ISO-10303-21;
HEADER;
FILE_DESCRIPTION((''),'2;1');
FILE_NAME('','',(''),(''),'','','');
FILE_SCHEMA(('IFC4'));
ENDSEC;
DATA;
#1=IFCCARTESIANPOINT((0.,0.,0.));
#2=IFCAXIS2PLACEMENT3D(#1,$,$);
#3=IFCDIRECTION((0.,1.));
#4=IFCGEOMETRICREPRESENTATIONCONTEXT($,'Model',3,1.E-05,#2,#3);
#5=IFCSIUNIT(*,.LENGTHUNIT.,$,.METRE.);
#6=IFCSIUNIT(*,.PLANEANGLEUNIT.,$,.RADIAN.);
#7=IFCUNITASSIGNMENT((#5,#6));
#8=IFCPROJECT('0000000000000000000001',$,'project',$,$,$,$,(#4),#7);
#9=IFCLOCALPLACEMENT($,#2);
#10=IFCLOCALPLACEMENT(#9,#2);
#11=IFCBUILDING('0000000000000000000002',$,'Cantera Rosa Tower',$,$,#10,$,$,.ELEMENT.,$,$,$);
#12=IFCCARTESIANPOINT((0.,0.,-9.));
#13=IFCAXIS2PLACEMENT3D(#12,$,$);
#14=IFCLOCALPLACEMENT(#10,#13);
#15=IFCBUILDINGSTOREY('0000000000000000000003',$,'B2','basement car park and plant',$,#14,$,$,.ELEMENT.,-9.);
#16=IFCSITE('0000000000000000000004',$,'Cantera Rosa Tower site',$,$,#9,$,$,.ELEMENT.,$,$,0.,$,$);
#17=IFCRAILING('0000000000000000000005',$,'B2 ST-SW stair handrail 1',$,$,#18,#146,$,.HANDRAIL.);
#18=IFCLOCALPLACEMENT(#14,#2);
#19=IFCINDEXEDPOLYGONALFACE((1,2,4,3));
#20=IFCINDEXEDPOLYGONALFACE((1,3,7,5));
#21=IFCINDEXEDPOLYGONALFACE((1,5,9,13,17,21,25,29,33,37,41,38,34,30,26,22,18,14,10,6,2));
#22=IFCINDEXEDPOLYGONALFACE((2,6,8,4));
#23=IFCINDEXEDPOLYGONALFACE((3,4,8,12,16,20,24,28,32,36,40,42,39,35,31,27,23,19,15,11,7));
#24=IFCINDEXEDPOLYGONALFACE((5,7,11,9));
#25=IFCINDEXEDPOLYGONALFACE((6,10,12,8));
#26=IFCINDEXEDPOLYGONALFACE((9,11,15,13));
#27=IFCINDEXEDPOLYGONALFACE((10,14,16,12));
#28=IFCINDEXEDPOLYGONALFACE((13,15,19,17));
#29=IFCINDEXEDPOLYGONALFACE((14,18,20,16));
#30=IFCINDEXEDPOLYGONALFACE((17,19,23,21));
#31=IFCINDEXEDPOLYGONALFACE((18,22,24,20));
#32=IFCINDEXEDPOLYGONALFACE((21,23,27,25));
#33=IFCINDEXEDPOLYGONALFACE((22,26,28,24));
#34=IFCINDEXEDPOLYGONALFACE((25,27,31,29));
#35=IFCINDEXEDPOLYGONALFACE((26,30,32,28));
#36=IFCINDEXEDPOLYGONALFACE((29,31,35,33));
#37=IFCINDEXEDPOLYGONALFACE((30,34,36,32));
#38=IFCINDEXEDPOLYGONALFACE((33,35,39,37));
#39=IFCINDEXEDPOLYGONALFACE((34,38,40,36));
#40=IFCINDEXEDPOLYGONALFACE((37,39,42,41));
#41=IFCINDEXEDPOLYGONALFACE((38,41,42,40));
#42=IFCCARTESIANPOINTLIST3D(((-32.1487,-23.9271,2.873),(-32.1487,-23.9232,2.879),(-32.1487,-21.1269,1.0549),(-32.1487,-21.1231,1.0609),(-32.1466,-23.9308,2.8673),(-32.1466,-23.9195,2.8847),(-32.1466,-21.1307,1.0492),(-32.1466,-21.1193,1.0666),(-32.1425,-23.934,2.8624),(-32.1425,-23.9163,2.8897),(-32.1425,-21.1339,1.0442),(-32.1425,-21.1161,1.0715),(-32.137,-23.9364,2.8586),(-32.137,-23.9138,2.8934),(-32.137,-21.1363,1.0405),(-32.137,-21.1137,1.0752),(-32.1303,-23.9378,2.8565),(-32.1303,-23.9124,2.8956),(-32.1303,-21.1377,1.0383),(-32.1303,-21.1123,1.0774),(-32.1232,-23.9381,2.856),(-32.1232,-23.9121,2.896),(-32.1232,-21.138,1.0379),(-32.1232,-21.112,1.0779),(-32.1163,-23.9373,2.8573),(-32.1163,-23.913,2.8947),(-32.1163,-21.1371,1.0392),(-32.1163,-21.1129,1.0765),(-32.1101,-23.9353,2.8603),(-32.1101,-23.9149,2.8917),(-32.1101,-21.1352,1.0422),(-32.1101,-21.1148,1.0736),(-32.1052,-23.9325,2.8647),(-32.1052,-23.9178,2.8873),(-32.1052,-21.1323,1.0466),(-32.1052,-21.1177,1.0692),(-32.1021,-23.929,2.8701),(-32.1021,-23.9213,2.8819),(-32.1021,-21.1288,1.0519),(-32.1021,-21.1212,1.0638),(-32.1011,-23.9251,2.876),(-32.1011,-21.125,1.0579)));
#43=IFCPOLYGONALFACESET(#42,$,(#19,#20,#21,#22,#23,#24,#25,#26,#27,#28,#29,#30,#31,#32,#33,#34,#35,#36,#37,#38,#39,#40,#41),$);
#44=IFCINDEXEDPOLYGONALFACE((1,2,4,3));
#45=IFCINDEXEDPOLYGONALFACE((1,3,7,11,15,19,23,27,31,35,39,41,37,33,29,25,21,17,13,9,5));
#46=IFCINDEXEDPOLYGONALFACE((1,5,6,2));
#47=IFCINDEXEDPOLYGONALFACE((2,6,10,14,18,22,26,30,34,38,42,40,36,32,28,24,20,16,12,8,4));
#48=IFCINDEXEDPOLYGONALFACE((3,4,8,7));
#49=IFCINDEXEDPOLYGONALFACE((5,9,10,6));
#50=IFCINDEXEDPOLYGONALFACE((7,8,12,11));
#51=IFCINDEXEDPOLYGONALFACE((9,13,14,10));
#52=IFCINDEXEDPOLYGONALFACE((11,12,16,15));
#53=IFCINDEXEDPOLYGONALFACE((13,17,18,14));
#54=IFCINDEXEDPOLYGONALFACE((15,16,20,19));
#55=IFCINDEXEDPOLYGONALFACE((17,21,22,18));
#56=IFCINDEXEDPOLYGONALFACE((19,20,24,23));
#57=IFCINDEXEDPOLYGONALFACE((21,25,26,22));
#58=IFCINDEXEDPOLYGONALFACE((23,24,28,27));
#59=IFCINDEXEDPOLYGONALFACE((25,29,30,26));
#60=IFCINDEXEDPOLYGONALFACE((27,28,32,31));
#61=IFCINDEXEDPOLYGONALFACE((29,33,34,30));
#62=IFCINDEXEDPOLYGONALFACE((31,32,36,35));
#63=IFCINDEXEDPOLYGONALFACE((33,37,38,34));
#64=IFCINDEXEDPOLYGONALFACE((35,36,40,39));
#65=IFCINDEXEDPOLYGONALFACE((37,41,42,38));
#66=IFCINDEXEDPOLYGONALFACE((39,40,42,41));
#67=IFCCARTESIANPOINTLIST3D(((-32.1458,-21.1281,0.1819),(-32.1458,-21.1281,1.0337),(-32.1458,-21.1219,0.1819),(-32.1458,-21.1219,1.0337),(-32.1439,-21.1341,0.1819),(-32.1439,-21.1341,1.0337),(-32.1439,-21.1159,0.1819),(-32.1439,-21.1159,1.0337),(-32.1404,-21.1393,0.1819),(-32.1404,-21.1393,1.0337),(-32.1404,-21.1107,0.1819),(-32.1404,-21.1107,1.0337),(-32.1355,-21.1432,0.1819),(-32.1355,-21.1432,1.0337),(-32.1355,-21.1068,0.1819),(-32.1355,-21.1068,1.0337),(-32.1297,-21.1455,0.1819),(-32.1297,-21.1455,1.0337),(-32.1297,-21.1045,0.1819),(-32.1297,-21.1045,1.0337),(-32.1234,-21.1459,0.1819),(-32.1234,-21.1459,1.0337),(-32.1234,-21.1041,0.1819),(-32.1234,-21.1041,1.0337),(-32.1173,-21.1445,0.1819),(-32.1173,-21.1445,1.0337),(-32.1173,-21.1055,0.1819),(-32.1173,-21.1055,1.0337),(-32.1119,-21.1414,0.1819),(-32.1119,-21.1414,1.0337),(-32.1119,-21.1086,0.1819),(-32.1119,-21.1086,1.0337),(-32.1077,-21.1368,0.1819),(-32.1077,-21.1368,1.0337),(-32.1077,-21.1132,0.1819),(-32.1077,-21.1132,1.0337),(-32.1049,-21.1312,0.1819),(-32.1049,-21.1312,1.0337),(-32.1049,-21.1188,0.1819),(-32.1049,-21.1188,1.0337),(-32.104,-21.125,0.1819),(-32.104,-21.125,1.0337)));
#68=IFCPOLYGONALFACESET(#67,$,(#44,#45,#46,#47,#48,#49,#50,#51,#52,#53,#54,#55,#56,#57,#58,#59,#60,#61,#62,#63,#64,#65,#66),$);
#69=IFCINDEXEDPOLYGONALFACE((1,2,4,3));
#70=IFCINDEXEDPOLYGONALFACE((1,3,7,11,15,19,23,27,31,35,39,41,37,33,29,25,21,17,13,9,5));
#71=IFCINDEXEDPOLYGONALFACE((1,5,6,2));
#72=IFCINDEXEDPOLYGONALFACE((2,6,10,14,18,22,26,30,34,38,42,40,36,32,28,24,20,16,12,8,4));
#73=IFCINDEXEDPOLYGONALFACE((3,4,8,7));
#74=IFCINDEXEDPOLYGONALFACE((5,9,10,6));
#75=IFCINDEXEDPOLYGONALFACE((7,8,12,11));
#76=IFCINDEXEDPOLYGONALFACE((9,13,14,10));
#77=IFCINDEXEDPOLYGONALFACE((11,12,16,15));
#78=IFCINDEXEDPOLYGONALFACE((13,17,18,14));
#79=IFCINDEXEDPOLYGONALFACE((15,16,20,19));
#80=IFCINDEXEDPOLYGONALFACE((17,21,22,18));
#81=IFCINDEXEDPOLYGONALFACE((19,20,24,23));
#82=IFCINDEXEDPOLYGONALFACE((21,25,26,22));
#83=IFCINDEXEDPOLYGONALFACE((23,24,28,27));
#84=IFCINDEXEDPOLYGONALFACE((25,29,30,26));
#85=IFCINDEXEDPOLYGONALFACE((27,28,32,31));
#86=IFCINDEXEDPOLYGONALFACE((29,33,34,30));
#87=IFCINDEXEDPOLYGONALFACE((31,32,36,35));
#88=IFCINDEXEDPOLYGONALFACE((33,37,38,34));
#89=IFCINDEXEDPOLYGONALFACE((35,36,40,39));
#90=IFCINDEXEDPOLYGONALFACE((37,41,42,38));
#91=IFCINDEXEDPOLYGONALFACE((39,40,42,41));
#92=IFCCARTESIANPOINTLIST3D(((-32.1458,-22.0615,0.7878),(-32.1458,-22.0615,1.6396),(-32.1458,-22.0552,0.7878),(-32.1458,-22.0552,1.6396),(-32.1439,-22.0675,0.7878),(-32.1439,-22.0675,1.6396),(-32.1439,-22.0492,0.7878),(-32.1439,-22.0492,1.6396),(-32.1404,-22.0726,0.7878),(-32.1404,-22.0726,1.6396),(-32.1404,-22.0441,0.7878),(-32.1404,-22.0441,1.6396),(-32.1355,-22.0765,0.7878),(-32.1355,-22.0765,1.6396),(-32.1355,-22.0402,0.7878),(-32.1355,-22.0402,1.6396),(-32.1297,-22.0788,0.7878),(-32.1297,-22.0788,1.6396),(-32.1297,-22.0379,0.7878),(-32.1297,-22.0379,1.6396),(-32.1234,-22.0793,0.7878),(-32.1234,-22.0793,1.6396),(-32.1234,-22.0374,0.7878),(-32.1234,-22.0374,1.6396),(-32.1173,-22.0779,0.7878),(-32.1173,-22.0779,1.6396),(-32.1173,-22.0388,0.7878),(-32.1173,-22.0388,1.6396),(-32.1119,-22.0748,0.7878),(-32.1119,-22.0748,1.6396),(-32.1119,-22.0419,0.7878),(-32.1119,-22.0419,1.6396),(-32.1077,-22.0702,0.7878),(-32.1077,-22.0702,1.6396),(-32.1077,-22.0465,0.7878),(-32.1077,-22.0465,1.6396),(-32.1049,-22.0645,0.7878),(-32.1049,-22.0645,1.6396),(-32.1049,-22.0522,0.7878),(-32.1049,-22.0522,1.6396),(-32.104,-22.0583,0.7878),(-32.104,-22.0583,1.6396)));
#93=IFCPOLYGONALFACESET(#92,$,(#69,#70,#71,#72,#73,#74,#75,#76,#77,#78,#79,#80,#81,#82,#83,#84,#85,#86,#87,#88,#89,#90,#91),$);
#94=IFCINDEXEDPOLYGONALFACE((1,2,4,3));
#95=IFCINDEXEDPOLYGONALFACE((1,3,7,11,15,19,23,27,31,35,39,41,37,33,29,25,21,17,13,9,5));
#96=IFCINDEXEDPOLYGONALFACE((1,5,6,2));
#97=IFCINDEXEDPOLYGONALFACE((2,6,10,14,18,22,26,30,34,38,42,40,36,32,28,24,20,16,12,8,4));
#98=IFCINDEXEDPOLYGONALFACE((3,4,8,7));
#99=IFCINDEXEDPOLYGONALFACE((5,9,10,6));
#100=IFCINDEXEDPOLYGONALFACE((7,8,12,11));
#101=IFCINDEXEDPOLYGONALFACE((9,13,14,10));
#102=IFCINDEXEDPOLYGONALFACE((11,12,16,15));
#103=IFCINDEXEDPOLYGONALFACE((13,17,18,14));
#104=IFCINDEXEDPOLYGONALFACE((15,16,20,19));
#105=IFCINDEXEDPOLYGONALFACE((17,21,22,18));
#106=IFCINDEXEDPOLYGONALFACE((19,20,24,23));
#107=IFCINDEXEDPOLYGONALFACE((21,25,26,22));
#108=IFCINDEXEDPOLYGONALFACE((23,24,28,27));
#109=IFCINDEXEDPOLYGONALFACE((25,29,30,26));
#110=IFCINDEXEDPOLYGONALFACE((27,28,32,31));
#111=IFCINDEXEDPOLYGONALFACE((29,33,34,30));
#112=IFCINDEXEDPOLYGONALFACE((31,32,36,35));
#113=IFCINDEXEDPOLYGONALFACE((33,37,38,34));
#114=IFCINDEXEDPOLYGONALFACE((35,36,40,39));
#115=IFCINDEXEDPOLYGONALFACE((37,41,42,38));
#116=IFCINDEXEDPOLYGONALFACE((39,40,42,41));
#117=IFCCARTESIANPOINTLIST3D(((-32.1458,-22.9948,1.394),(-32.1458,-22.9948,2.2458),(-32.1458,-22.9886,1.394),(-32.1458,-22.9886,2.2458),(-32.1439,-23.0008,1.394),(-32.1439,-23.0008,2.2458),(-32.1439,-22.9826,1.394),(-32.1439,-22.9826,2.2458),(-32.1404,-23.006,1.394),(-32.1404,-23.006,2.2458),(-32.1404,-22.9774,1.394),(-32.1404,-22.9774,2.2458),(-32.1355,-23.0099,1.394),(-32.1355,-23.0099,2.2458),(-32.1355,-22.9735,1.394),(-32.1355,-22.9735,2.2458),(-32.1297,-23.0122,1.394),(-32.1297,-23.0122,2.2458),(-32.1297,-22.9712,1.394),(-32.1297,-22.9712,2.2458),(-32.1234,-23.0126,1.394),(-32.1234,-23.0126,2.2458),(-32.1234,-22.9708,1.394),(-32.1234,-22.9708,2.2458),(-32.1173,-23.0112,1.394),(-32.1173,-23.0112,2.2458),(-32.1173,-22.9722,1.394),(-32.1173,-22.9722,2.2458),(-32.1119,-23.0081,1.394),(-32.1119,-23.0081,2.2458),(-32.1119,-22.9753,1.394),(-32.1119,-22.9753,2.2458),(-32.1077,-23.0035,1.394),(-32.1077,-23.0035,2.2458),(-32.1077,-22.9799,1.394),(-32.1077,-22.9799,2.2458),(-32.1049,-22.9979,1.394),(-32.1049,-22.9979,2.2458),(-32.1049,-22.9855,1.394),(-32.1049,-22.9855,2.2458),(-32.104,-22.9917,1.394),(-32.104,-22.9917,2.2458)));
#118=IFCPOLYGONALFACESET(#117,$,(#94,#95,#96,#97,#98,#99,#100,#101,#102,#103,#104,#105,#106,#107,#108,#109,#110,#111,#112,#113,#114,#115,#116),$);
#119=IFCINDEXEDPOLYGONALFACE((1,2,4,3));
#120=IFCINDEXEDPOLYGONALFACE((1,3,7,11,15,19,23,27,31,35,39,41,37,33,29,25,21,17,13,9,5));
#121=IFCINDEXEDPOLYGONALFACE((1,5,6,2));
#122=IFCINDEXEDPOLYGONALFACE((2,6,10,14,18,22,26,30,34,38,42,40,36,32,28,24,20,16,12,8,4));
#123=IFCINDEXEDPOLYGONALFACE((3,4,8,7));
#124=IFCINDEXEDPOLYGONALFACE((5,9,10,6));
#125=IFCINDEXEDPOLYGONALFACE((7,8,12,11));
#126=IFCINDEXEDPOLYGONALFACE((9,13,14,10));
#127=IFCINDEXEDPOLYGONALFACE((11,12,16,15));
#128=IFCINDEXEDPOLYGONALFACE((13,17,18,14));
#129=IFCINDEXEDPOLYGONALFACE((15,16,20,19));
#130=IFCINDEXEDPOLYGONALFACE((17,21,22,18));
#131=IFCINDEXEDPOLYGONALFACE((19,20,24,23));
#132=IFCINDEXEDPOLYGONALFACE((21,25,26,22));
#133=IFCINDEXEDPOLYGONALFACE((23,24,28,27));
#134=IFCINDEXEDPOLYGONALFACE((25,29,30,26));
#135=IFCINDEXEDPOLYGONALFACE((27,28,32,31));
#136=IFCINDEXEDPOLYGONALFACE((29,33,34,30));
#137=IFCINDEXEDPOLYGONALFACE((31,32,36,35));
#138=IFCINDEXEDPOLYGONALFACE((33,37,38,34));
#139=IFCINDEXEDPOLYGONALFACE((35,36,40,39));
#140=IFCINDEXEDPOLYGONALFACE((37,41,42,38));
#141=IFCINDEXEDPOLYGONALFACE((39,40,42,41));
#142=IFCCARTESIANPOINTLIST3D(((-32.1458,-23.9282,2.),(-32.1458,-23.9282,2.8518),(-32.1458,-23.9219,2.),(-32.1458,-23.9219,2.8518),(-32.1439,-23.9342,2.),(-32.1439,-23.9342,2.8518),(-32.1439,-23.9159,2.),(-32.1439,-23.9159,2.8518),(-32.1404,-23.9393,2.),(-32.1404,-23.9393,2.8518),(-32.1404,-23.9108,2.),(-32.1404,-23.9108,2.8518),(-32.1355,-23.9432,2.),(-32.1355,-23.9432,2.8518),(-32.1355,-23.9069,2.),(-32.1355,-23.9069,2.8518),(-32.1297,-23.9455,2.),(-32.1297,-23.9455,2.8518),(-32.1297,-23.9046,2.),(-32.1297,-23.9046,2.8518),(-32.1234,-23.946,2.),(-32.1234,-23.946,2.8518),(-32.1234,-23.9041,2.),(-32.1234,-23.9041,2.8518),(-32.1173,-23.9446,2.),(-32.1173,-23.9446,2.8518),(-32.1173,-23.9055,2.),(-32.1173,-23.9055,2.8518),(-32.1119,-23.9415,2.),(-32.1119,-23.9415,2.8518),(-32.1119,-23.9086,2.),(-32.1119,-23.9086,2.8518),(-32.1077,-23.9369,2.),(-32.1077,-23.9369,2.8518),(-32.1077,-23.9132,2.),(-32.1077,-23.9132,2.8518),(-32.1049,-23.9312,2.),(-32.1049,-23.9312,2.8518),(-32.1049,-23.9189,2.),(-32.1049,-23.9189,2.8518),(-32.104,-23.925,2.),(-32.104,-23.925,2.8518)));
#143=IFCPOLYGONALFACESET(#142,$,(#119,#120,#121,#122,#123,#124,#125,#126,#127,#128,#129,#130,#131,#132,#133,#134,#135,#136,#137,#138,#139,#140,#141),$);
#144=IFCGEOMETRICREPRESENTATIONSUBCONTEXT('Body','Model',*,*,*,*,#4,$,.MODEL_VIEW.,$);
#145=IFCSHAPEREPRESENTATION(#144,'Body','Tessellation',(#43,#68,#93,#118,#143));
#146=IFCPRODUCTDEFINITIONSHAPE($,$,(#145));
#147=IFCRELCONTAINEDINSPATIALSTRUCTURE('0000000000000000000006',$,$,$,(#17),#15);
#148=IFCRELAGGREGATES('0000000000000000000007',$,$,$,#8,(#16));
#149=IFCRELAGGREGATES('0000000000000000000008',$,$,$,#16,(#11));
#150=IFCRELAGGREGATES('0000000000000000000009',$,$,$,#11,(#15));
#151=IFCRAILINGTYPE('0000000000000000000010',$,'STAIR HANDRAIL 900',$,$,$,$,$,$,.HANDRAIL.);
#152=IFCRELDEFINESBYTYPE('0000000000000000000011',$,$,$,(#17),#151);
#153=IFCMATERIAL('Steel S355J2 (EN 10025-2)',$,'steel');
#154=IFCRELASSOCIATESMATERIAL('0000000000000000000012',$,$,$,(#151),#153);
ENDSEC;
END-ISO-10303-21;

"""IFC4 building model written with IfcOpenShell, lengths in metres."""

from ifc_helpers import new_model, si_unit, direction, frame, origin, origin_2d, place, context, subcontext, project, spatial, circle, extrude, material, type_object, element, save


model = new_model("IFC4")

# Units and contexts
model_context = context("Model", 3, precision=1e-05, world=origin(), true_north=direction((0.0, 1.0)))
body_context = subcontext(model_context, "Body", "Model", "MODEL_VIEW")
ifc_project = project(units=[si_unit("LENGTHUNIT", "METRE"), si_unit("PLANEANGLEUNIT", "RADIAN")], contexts=[model_context])

# Site, building, storey
site_placement = place(None, origin())
site = spatial("IfcSite", under=ifc_project, at=site_placement, Name="Cantera Rosa Tower site", CompositionType="ELEMENT", RefElevation=0.0)
building_placement = place(site_placement, origin())
building = spatial("IfcBuilding", under=site, at=building_placement, Name="Cantera Rosa Tower", CompositionType="ELEMENT")
storey_placement = place(building_placement, frame((0.0, 0.0, -9.0)))
storey = spatial("IfcBuildingStorey", under=building, at=storey_placement, Name="B2", Description="basement car park and plant", CompositionType="ELEMENT", Elevation=-9.0)

# Railing
ifc_material_1 = material(Name="Steel S355J2 (EN 10025-2)", Category="steel")
railing_type_1 = type_object("IfcRailingType", Name="STAIR HANDRAIL 900", PredefinedType="HANDRAIL", material=ifc_material_1)
railing_1_placement = place(storey_placement, frame((-32.125, -21.125, 0.1819)))
element("IfcRailing", 1, at=railing_1_placement, inside=storey, type_object=railing_type_1, Name="B2 ST-SW stair handrail 1", PredefinedType="HANDRAIL", context=body_context, shape_type="SweptSolid", body=[
    extrude(circle(Radius=0.0239, at=origin_2d()), frame((0.0, 0.0, 0.876), z_axis=(0.0, -0.838706, 0.544585), x_axis=(1.0, 0.0, 0.0)), (0.0, 0.0, 1.0), 3.3386),
    extrude(circle(Radius=0.021, at=origin_2d()), origin(), (0.0, 0.0, 1.0), 0.8518),
    extrude(circle(Radius=0.021, at=origin_2d()), frame((0.0, -0.9333, 0.606)), (0.0, 0.0, 1.0), 0.8518),
    extrude(circle(Radius=0.021, at=origin_2d()), frame((0.0, -1.8667, 1.2122)), (0.0, 0.0, 1.0), 0.8518),
    extrude(circle(Radius=0.021, at=origin_2d()), frame((0.0, -2.8, 1.8181)), (0.0, 0.0, 1.0), 0.8518),
])

save(model, "model.ifc")
